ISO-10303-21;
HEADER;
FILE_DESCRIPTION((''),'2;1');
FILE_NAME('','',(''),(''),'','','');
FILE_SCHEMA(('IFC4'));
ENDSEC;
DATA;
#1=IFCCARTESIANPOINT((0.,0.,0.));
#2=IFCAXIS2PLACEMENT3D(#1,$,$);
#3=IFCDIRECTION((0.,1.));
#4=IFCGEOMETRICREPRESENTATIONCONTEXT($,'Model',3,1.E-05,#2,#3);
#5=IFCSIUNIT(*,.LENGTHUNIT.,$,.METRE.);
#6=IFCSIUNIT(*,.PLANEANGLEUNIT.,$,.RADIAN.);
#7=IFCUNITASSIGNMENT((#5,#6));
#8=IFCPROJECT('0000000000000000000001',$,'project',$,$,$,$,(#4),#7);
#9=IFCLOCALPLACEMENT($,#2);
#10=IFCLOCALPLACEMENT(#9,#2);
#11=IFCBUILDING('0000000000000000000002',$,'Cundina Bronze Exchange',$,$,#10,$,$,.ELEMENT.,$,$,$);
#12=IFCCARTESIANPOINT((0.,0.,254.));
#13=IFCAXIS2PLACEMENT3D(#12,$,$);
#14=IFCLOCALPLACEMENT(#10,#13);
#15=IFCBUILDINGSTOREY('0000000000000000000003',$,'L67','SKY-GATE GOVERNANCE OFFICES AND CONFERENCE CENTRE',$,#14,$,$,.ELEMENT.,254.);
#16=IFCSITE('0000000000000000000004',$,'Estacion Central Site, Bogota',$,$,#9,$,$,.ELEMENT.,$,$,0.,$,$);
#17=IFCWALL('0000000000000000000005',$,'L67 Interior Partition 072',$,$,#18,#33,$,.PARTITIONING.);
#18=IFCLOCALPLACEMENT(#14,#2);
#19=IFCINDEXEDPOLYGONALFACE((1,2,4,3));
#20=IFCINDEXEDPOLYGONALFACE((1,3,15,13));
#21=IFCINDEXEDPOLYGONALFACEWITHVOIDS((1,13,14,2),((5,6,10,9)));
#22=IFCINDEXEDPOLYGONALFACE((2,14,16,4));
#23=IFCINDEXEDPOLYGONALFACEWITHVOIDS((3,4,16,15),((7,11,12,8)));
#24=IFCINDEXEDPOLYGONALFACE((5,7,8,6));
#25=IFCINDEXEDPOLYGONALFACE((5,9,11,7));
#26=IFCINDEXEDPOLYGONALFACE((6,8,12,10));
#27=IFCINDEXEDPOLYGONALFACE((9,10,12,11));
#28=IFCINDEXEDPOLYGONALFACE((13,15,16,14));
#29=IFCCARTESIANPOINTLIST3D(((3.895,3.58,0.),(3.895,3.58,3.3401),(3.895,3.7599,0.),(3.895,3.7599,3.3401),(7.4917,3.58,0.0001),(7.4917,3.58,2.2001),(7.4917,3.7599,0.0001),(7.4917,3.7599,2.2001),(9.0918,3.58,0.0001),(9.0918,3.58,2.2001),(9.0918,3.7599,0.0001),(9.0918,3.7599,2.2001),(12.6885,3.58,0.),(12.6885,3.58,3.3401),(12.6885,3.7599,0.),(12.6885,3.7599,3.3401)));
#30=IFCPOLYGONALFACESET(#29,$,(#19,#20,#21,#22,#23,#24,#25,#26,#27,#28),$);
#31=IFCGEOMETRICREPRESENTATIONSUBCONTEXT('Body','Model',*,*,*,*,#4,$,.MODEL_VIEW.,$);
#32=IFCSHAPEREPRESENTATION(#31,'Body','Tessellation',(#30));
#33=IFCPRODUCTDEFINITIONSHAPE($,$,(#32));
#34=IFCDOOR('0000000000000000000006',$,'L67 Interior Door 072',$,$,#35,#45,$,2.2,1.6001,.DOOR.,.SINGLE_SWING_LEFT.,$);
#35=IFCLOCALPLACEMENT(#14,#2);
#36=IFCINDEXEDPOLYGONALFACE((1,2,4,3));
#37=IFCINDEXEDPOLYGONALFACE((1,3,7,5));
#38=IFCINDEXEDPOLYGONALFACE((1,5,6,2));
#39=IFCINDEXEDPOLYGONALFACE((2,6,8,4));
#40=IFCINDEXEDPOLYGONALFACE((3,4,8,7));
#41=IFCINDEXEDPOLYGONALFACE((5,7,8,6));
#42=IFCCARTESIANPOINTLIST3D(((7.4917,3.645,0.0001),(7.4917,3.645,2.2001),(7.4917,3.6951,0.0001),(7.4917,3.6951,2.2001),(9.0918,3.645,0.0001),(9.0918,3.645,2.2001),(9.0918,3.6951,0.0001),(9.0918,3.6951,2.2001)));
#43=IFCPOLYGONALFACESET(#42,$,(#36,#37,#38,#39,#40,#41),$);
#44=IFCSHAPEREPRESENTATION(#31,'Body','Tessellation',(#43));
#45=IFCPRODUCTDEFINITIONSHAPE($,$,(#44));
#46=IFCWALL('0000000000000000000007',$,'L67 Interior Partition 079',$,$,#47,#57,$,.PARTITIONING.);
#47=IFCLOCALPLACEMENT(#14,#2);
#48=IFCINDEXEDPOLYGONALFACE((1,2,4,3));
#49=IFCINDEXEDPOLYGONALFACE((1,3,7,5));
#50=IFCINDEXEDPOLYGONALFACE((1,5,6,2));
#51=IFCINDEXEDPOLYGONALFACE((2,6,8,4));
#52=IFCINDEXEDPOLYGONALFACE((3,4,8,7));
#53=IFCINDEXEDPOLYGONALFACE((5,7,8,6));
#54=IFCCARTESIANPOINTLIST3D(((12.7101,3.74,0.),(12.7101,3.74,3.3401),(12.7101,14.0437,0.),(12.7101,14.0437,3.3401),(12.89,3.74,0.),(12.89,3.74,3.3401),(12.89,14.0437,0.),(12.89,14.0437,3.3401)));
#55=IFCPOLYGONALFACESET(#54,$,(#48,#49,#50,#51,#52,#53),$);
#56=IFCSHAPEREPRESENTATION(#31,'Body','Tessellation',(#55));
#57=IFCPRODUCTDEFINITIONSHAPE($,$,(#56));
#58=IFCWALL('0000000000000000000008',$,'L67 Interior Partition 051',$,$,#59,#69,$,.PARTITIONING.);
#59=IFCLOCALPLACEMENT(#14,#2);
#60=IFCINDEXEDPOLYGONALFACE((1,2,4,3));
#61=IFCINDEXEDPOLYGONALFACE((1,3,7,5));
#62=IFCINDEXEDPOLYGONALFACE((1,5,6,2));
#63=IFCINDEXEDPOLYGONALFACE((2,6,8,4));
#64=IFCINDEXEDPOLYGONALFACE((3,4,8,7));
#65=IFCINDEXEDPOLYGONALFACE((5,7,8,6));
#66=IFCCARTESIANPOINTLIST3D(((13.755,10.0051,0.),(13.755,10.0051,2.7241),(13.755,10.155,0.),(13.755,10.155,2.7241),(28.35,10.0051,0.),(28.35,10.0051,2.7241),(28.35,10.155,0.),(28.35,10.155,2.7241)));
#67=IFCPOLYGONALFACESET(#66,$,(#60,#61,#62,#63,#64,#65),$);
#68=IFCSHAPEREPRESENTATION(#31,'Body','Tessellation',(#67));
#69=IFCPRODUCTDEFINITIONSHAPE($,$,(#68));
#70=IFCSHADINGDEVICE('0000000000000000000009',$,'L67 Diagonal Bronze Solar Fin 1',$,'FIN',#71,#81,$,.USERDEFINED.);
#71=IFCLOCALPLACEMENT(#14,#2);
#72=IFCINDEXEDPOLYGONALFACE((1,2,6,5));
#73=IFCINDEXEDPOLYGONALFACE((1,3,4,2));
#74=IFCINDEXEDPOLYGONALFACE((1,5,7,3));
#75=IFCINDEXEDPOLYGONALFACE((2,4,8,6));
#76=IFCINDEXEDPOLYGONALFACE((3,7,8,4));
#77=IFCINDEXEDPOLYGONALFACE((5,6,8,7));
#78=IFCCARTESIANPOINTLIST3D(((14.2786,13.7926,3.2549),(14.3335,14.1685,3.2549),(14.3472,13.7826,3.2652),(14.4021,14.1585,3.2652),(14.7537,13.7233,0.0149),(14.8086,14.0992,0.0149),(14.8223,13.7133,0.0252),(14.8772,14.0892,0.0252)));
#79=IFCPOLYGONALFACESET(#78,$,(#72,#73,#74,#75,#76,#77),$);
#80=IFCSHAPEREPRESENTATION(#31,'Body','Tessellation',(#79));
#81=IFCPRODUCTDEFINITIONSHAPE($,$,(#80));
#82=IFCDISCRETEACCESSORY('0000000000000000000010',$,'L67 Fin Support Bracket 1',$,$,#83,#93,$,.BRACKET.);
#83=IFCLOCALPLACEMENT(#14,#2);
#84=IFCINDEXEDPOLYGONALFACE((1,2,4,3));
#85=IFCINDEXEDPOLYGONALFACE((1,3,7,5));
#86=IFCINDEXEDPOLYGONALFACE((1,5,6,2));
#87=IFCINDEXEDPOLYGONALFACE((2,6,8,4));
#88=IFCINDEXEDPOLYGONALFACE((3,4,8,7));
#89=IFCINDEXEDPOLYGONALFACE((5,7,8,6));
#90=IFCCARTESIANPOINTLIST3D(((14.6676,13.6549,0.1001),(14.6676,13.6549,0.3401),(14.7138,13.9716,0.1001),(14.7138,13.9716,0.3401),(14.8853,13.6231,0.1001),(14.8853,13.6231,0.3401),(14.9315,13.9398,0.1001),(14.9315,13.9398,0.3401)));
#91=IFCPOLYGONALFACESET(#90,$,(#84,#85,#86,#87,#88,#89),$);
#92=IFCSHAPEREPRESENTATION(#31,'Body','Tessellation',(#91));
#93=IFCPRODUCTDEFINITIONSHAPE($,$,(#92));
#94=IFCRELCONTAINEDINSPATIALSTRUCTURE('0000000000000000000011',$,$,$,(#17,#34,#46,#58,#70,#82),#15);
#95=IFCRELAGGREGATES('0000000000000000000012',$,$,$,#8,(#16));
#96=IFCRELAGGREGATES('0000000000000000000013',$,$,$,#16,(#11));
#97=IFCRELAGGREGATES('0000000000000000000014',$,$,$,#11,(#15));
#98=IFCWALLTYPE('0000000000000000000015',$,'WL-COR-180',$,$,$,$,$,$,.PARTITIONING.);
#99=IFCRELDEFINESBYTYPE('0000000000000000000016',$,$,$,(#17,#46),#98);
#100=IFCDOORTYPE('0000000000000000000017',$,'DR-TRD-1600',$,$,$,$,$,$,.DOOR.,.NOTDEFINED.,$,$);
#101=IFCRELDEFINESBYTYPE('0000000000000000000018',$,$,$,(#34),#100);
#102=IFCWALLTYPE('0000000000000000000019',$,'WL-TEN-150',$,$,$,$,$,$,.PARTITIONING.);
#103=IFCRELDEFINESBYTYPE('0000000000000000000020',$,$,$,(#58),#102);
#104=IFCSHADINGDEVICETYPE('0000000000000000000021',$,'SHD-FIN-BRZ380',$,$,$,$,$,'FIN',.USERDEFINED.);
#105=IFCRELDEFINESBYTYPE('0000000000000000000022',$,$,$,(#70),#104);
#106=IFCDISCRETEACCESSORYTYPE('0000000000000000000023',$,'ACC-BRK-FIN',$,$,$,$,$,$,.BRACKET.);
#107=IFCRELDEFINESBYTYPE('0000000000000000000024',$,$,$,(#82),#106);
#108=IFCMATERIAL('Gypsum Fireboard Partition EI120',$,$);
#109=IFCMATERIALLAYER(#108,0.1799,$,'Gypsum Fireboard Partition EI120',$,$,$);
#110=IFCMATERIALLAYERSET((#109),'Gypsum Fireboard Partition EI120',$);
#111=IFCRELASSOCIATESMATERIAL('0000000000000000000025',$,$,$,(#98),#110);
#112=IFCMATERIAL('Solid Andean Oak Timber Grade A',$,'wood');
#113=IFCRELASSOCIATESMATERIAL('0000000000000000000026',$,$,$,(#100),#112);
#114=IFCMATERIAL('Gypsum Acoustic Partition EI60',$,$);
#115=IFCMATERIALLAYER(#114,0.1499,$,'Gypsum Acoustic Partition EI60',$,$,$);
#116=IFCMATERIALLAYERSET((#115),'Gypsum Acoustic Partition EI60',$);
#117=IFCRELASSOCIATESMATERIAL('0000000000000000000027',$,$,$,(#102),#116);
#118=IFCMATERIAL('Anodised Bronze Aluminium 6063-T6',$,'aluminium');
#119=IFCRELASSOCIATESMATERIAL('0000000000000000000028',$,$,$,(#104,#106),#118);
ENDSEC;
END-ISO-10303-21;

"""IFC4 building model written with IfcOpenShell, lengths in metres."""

from ifc_helpers import new_model, si_unit, direction, frame, frame_2d, origin, origin_2d, place, context, subcontext, project, spatial, rectangle, extrude, material, layer, layer_set, material_profile, profile_set, type_object, element, fill, save


model = new_model("IFC4")

# Units and contexts
model_context = context("Model", 3, precision=1e-05, world=origin(), true_north=direction((0.0, 1.0)))
body_context = subcontext(model_context, "Body", "Model", "MODEL_VIEW")
ifc_project = project(units=[si_unit("LENGTHUNIT", "METRE"), si_unit("PLANEANGLEUNIT", "RADIAN")], contexts=[model_context])

# Site, building, storey
site_placement = place(None, origin())
site = spatial("IfcSite", under=ifc_project, at=site_placement, Name="Estacion Central Site, Bogota", CompositionType="ELEMENT", RefElevation=0.0)
building_placement = place(site_placement, origin())
building = spatial("IfcBuilding", under=site, at=building_placement, Name="Cundina Bronze Exchange", CompositionType="ELEMENT")
storey_placement = place(building_placement, frame((0.0, 0.0, 254.0)))
storey = spatial("IfcBuildingStorey", under=building, at=storey_placement, Name="L67", Description="SKY-GATE GOVERNANCE OFFICES AND CONFERENCE CENTRE", CompositionType="ELEMENT", Elevation=254.0)

# Shared definitions
ifc_material_1 = material(Name="Anodised Bronze Aluminium 6063-T6", Category="aluminium")

# Shared definitions
ifc_material_2 = material(Name="Gypsum Fireboard Partition EI120")
ifc_layer_1 = layer(ifc_material_2, 0.1799, Name="Gypsum Fireboard Partition EI120")
ifc_layer_set_1 = layer_set([ifc_layer_1], Name="Gypsum Fireboard Partition EI120")
wall_type_1 = type_object("IfcWallType", Name="WL-COR-180", PredefinedType="PARTITIONING", material=ifc_layer_set_1)

# Wall, opening, door
wall_1_placement = place(storey_placement, frame((12.6885, 3.6699, 0.0), z_axis=(0.0, 0.0, 1.0), x_axis=(-1.0, 0.0, 0.0)))
wall_1 = element("IfcWall", 1, at=wall_1_placement, inside=storey, type_object=wall_type_1, Name="L67 Interior Partition 072", PredefinedType="PARTITIONING", context=body_context, shape_type="SweptSolid", body=[
    extrude(rectangle(XDim=8.7935, YDim=0.1799, at=frame_2d((4.3967, 0.0))), origin(), (0.0, 0.0, 1.0), 3.3401),
])
opening_placement = place(wall_1_placement, frame((3.5967, 0.0, 0.0)))
opening = element("IfcOpeningElement", 2, at=opening_placement, cuts=wall_1, PredefinedType="OPENING", context=body_context, shape_type="SweptSolid", body=[
    extrude(rectangle(XDim=1.6001, YDim=2.2, at=frame_2d((0.8, 1.1001))), frame((0.0, 0.0999, 0.0), z_axis=(0.0, -1.0, 0.0), x_axis=(1.0, 0.0, 0.0)), (0.0, 0.0, 1.0), 0.2),
])
ifc_material_3 = material(Name="Solid Andean Oak Timber Grade A", Category="wood")
door_type = type_object("IfcDoorType", Name="DR-TRD-1600", OperationType="NOTDEFINED", PredefinedType="DOOR", material=ifc_material_3)
door_placement = place(opening_placement, origin())
door = element("IfcDoor", 3, at=door_placement, inside=storey, type_object=door_type, Name="L67 Interior Door 072", OperationType="SINGLE_SWING_LEFT", OverallHeight=2.2, OverallWidth=1.6001, PredefinedType="DOOR", context=body_context, shape_type="SweptSolid", body=[
    extrude(rectangle(XDim=1.6001, YDim=2.2, at=frame_2d((0.8, 1.1001))), frame((0.0, 0.0249, 0.0), z_axis=(0.0, -1.0, 0.0), x_axis=(1.0, 0.0, 0.0)), (0.0, 0.0, 1.0), 0.05),
])
fill(opening, door)

# Walls
wall_2_placement = place(storey_placement, frame((12.8, 3.74, 0.0), z_axis=(0.0, 0.0, 1.0), x_axis=(0.0, 1.0, 0.0)))
element("IfcWall", 4, at=wall_2_placement, inside=storey, type_object=wall_type_1, Name="L67 Interior Partition 079", PredefinedType="PARTITIONING", context=body_context, shape_type="SweptSolid", body=[
    extrude(rectangle(XDim=10.3037, YDim=0.1799, at=frame_2d((5.1519, 0.0))), origin(), (0.0, 0.0, 1.0), 3.3401),
])
ifc_material_4 = material(Name="Gypsum Acoustic Partition EI60")
ifc_layer_2 = layer(ifc_material_4, 0.1499, Name="Gypsum Acoustic Partition EI60")
ifc_layer_set_2 = layer_set([ifc_layer_2], Name="Gypsum Acoustic Partition EI60")
wall_type_2 = type_object("IfcWallType", Name="WL-TEN-150", PredefinedType="PARTITIONING", material=ifc_layer_set_2)
wall_3_placement = place(storey_placement, frame((13.7551, 10.0801, 0.0), z_axis=(0.0, 0.0, 1.0), x_axis=(1.0, 0.0, 0.0)))
element("IfcWall", 5, at=wall_3_placement, inside=storey, type_object=wall_type_2, Name="L67 Interior Partition 051", PredefinedType="PARTITIONING", context=body_context, shape_type="SweptSolid", body=[
    extrude(rectangle(XDim=14.595, YDim=0.1499, at=frame_2d((7.2974, 0.0))), origin(), (0.0, 0.0, 1.0), 2.7241),
])

# Shading device
ifc_material_profile_1 = material_profile(ifc_material_1, rectangle(XDim=0.0701, YDim=0.3799, at=origin_2d()), Name="FIN70X380", Category="aluminium")
ifc_profile_set_1 = profile_set([ifc_material_profile_1], Name="Anodised Bronze Aluminium 6063-T6")
shading_device_type = type_object("IfcShadingDeviceType", Name="SHD-FIN-BRZ380", ElementType="FIN", PredefinedType="USERDEFINED", material=ifc_profile_set_1)
shading_device_placement = place(storey_placement, frame((14.8154, 13.9062, 0.02), z_axis=(-0.145052, 0.021169, 0.989198), x_axis=(0.978829, -0.142851, 0.146588)))
element("IfcShadingDevice", 6, at=shading_device_placement, inside=storey, type_object=shading_device_type, Name="L67 Diagonal Bronze Solar Fin 1", ObjectType="FIN", PredefinedType="USERDEFINED", context=body_context, shape_type="SweptSolid", body=[
    extrude(rectangle(XDim=0.0701, YDim=0.3799, at=origin_2d()), origin(), (0.0, 0.0, 1.0), 3.2754),
])

# Discrete accessory
discrete_accessory_type = type_object("IfcDiscreteAccessoryType", Name="ACC-BRK-FIN", PredefinedType="BRACKET", material=ifc_material_1)
discrete_accessory_placement = place(storey_placement, frame((14.7996, 13.7974, 0.1001), z_axis=(0.0, 0.0, 1.0), x_axis=(-0.989528, 0.144339, 0.0)))
element("IfcDiscreteAccessory", 7, at=discrete_accessory_placement, inside=storey, type_object=discrete_accessory_type, Name="L67 Fin Support Bracket 1", PredefinedType="BRACKET", context=body_context, shape_type="SweptSolid", body=[
    extrude(rectangle(XDim=0.22, YDim=0.3201, at=origin_2d()), origin(), (0.0, 0.0, 1.0), 0.24),
])

save(model, "model.ifc")
